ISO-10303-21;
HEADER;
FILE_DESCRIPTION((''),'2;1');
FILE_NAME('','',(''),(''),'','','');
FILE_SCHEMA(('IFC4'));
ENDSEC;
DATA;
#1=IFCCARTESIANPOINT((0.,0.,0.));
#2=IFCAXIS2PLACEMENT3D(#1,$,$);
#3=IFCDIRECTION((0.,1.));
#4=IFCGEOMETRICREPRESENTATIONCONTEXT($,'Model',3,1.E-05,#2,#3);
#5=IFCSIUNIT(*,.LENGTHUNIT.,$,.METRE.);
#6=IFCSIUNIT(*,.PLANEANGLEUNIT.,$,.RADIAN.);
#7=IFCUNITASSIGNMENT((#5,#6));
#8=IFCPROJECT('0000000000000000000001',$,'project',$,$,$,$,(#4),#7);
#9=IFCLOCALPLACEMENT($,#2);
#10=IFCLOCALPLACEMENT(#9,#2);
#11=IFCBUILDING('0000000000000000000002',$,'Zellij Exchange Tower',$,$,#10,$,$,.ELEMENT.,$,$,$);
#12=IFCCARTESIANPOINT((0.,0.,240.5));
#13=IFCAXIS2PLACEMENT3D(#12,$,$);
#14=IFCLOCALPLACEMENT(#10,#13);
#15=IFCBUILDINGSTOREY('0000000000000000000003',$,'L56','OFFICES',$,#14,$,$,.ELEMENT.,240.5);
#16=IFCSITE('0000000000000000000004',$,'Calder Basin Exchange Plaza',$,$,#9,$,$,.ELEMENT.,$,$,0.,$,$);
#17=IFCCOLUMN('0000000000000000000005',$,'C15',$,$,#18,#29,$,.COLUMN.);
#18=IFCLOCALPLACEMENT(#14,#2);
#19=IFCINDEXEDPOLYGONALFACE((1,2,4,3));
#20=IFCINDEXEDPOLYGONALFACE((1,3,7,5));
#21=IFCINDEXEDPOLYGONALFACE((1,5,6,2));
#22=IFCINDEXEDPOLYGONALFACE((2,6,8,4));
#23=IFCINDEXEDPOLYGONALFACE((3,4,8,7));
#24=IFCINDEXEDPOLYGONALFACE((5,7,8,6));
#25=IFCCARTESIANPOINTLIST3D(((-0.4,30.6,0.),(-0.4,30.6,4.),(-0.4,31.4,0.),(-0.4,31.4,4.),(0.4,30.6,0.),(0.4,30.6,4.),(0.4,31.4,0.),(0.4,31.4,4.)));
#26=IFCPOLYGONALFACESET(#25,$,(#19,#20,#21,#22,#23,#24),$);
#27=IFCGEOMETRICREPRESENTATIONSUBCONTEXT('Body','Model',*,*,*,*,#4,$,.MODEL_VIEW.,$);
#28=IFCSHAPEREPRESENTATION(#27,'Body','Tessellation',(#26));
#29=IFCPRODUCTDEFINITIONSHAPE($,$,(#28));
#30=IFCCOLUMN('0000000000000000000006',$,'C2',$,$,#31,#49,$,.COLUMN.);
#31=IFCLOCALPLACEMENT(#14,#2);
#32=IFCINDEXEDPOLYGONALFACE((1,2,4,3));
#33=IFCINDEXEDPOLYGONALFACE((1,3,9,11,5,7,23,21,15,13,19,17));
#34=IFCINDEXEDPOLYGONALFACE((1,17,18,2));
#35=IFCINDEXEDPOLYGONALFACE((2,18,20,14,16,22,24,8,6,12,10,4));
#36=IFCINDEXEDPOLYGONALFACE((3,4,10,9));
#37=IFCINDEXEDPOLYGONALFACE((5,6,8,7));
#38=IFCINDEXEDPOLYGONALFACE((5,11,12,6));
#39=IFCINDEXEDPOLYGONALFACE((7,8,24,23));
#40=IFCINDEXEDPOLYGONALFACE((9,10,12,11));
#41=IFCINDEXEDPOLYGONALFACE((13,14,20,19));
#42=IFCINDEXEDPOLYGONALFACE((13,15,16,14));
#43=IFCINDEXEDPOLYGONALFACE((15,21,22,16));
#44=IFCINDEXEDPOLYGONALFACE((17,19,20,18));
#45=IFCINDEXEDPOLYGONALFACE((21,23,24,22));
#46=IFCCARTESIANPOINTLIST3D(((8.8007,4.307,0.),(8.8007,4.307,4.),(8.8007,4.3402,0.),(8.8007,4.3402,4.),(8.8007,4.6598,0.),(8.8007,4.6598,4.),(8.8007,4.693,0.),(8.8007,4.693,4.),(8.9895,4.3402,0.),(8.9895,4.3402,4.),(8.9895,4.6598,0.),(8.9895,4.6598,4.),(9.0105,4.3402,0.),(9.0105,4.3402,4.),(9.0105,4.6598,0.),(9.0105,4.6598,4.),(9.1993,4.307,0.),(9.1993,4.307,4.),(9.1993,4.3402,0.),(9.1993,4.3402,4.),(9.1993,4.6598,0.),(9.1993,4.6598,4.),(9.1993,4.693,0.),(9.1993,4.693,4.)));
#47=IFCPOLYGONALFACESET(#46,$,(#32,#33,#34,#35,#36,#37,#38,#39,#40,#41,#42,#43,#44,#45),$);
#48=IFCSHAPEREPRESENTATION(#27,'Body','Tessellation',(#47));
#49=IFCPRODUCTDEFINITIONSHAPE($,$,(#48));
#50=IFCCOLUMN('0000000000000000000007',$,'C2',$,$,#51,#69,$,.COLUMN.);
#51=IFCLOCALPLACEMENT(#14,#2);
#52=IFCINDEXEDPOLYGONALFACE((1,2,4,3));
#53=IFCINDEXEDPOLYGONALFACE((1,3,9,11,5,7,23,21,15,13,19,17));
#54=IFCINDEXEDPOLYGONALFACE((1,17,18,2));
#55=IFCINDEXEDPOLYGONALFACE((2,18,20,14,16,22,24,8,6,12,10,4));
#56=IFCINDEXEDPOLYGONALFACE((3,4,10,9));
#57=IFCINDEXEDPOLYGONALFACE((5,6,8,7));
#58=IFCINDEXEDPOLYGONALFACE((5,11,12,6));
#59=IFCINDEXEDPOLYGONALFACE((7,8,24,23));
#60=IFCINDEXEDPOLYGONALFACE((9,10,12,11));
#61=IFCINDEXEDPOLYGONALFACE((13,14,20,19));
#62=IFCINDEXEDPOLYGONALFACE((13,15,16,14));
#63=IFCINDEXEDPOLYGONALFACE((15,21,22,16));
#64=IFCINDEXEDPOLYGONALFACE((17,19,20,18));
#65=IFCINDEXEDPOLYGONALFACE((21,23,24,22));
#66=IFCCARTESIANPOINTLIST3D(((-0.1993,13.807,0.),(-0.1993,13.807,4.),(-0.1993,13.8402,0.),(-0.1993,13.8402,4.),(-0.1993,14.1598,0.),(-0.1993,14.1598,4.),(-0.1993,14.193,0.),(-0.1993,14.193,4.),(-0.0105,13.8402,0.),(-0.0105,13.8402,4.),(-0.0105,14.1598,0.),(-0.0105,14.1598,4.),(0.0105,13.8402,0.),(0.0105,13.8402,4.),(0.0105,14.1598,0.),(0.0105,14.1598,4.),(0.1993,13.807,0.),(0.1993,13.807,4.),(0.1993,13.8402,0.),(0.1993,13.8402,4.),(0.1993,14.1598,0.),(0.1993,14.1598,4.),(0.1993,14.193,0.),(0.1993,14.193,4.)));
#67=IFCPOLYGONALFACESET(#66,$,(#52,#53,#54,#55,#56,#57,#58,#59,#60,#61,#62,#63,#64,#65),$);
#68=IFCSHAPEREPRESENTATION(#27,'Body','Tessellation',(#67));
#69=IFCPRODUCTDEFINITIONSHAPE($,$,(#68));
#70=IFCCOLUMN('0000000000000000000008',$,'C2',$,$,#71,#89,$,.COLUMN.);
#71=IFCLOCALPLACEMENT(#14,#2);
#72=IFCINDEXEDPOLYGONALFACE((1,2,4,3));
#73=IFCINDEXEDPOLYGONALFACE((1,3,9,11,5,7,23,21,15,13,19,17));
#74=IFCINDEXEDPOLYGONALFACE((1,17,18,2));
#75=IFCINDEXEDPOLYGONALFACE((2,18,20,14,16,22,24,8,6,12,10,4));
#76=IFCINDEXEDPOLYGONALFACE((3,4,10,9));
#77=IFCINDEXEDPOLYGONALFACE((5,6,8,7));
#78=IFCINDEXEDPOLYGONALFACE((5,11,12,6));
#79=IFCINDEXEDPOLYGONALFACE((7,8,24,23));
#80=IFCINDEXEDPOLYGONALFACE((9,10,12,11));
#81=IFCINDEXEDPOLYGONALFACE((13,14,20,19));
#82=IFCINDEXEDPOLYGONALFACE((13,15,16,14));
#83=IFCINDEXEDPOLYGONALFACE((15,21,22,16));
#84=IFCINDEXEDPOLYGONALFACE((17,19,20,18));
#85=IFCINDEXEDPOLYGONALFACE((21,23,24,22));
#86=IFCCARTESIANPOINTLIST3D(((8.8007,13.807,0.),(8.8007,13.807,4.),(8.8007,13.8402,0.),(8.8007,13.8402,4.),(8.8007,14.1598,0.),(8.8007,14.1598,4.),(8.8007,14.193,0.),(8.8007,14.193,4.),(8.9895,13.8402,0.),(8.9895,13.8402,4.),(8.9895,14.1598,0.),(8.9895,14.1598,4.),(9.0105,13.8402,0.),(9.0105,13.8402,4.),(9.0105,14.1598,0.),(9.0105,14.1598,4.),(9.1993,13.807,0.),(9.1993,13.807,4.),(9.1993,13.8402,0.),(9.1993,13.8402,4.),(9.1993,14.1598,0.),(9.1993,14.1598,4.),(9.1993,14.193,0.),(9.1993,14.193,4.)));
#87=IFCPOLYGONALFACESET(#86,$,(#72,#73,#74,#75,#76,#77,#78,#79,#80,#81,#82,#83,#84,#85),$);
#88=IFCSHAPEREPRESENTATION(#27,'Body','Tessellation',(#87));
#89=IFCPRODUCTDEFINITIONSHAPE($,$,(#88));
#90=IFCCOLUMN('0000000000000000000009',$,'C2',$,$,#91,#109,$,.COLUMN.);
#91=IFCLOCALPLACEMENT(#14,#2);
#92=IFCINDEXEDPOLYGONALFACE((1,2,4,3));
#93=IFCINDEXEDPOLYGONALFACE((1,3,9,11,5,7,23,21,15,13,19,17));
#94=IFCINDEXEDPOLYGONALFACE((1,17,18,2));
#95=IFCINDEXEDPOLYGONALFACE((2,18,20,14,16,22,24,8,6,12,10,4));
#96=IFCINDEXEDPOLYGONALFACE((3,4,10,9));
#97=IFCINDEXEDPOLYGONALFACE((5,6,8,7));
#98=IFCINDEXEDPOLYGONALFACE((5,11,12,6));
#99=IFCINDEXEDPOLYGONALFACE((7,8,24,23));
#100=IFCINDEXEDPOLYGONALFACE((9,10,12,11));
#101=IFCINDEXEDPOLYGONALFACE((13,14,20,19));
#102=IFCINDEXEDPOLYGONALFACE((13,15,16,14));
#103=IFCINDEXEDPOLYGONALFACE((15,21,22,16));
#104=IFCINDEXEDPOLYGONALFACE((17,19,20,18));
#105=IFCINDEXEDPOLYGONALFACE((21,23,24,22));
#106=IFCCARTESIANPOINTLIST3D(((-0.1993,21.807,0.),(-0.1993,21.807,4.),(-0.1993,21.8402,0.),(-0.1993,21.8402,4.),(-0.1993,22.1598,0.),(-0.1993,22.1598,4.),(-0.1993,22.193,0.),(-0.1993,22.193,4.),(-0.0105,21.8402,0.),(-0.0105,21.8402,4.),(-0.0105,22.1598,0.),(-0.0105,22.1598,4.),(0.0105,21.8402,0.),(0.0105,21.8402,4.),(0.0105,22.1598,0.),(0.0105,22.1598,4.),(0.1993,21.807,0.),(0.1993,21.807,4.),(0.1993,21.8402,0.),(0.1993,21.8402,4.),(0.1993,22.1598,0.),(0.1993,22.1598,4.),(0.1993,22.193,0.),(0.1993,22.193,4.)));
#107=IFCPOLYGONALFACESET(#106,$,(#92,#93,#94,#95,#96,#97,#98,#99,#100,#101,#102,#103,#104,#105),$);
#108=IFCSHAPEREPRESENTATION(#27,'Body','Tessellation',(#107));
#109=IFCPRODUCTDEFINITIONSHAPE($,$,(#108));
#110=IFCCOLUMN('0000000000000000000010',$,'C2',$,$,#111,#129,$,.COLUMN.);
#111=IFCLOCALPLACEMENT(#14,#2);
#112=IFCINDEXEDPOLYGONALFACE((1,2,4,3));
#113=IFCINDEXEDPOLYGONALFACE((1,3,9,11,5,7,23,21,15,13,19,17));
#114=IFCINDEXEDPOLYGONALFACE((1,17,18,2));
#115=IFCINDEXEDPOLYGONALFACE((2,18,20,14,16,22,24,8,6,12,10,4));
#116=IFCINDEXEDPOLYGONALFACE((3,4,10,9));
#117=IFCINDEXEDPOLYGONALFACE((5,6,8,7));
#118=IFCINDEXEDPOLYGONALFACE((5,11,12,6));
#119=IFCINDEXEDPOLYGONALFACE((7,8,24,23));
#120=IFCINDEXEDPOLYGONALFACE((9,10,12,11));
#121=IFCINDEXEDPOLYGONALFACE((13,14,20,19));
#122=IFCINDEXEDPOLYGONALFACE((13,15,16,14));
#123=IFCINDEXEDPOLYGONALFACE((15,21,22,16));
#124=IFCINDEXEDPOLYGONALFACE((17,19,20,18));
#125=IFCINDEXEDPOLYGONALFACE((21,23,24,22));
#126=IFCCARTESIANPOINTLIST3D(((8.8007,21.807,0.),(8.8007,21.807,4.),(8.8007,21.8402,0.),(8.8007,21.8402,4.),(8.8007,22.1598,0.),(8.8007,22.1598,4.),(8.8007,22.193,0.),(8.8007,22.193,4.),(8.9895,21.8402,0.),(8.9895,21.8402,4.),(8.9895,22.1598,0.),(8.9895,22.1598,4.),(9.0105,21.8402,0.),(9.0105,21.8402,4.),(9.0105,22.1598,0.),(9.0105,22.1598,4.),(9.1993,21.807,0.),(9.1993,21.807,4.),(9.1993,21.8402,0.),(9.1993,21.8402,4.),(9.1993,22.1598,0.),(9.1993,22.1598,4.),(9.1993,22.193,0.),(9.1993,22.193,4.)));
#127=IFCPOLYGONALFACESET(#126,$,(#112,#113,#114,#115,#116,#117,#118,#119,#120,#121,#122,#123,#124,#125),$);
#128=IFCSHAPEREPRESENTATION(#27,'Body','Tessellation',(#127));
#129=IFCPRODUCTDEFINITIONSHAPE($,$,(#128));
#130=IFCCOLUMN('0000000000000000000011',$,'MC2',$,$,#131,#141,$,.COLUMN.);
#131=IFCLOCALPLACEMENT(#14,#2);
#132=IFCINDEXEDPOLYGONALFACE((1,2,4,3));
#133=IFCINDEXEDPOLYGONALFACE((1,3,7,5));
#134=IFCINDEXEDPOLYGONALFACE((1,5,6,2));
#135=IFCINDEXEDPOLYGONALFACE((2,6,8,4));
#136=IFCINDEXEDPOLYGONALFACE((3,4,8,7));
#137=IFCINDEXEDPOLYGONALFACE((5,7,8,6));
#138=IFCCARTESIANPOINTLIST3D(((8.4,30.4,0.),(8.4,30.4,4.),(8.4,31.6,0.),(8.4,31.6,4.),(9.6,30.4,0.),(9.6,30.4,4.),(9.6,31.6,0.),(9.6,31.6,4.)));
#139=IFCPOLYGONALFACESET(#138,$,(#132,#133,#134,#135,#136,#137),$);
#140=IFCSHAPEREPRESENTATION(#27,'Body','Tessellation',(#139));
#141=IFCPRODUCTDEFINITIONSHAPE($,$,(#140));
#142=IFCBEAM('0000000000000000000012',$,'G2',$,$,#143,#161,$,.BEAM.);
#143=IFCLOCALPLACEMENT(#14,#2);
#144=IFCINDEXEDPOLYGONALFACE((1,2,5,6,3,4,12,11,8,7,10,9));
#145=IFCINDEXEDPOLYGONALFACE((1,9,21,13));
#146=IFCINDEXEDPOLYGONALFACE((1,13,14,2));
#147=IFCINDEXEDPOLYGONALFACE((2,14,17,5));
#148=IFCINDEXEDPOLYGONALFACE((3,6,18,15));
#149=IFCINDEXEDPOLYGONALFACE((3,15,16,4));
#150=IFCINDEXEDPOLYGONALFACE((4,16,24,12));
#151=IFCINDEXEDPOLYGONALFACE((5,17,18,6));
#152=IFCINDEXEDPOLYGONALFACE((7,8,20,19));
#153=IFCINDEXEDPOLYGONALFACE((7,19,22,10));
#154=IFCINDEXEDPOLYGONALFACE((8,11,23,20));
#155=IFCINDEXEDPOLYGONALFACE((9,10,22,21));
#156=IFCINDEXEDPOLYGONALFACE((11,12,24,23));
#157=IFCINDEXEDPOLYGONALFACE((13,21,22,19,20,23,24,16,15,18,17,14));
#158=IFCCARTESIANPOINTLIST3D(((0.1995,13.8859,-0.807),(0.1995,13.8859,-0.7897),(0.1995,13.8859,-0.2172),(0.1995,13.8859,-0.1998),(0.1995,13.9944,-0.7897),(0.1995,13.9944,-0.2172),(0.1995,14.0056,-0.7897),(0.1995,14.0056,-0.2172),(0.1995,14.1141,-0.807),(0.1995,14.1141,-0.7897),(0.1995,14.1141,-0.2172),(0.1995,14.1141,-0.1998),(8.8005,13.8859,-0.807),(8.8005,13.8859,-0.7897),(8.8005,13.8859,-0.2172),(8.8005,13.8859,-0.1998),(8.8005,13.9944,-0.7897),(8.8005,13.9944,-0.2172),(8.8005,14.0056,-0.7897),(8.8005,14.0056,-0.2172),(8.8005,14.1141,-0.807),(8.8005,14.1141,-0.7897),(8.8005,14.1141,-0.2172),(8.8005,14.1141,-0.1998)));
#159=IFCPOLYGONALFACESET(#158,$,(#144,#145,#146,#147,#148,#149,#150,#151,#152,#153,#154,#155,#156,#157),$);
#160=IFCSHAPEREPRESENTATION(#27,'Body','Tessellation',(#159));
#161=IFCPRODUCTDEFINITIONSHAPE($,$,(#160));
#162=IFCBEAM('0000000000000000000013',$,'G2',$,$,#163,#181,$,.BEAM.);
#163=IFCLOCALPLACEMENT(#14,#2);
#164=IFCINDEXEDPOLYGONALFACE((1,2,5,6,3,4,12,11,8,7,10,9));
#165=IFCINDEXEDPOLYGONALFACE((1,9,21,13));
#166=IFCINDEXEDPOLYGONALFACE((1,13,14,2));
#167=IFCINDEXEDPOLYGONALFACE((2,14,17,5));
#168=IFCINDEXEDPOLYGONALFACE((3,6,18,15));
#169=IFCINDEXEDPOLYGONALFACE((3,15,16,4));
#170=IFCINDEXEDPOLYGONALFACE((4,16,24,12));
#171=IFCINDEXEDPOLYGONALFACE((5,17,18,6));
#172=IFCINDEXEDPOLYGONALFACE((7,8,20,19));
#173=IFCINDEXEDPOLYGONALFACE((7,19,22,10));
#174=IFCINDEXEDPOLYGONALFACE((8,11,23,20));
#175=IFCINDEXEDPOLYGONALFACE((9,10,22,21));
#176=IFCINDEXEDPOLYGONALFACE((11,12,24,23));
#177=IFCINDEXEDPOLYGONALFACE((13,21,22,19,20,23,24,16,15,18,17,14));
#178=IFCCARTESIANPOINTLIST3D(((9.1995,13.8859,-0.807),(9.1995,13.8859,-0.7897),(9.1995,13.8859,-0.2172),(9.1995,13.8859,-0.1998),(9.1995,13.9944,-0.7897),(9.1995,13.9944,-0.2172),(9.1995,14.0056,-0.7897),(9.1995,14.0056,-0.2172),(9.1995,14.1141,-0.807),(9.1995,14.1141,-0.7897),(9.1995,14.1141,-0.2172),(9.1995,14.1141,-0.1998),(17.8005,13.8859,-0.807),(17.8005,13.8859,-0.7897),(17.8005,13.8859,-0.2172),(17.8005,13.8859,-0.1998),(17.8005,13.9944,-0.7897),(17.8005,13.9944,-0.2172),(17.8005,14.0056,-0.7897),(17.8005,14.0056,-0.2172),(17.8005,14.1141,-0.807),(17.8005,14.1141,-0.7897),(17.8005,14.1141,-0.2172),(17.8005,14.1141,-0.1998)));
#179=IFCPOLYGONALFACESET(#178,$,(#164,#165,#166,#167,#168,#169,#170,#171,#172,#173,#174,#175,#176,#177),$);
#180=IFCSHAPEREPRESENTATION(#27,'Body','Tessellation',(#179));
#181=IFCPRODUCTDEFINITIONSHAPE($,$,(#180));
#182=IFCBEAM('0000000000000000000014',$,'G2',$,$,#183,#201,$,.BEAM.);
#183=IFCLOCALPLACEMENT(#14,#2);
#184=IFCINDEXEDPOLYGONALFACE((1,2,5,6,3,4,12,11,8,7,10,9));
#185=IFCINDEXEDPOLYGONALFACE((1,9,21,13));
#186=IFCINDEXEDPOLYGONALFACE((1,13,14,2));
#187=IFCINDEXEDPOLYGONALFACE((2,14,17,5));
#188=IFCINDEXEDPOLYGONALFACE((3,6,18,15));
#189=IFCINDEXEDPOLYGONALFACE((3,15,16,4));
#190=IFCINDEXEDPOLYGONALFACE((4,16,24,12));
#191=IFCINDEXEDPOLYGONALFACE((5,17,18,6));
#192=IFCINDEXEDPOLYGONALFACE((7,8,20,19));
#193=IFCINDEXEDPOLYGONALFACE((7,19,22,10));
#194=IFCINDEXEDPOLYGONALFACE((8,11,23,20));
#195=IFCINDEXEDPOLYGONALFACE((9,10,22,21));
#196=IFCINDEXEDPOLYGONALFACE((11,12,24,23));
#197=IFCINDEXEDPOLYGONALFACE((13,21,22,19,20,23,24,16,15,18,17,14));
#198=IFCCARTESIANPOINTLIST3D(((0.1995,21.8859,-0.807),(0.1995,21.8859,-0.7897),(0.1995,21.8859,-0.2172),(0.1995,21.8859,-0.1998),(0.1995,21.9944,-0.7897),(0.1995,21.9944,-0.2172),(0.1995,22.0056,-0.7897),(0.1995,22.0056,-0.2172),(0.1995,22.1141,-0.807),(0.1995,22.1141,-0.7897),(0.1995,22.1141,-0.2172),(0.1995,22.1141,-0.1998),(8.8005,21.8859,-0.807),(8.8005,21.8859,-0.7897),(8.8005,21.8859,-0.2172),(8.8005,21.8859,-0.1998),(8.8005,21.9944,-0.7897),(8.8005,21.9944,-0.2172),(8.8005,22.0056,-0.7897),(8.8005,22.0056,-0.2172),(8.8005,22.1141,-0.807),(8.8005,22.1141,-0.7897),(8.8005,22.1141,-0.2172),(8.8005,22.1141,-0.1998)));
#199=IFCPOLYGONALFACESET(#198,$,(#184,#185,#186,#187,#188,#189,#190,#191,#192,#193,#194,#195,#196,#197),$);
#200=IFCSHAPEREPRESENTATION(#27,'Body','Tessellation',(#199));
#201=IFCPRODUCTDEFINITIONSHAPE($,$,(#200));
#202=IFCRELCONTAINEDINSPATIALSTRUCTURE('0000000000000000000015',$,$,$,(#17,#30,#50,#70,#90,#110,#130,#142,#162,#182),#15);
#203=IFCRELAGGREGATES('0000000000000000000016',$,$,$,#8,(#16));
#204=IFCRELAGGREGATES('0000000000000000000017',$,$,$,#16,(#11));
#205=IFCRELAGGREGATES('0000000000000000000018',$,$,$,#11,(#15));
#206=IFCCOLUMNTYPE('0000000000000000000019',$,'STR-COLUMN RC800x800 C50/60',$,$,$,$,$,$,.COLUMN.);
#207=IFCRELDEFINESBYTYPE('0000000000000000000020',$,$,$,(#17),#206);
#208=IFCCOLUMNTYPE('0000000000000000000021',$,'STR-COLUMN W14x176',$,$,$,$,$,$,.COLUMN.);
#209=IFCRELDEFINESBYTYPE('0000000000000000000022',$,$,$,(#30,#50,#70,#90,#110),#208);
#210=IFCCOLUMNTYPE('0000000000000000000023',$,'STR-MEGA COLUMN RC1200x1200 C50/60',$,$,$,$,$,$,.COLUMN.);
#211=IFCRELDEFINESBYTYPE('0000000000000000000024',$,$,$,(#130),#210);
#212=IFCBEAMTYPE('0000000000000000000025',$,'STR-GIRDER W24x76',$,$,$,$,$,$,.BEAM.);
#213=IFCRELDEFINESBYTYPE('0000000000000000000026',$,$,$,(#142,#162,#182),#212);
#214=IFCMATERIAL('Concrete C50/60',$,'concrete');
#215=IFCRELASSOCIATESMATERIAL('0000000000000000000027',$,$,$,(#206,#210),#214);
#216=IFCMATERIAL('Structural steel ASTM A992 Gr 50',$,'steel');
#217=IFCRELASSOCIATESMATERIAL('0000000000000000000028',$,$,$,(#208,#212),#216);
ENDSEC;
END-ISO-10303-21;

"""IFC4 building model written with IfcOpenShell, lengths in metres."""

from ifc_helpers import new_model, si_unit, direction, frame, origin, origin_2d, place, context, subcontext, project, spatial, rectangle, i_section, extrude, material, material_profile, profile_set, type_object, element, save


model = new_model("IFC4")

# Units and contexts
model_context = context("Model", 3, precision=1e-05, world=origin(), true_north=direction((0.0, 1.0)))
body_context = subcontext(model_context, "Body", "Model", "MODEL_VIEW")
ifc_project = project(units=[si_unit("LENGTHUNIT", "METRE"), si_unit("PLANEANGLEUNIT", "RADIAN")], contexts=[model_context])

# Site, building, storey
site_placement = place(None, origin())
site = spatial("IfcSite", under=ifc_project, at=site_placement, Name="Calder Basin Exchange Plaza", CompositionType="ELEMENT", RefElevation=0.0)
building_placement = place(site_placement, origin())
building = spatial("IfcBuilding", under=site, at=building_placement, Name="Zellij Exchange Tower", CompositionType="ELEMENT")
storey_placement = place(building_placement, frame((0.0, 0.0, 240.5)))
storey = spatial("IfcBuildingStorey", under=building, at=storey_placement, Name="L56", Description="OFFICES", CompositionType="ELEMENT", Elevation=240.5)

# Columns
ifc_material_1 = material(Name="Concrete C50/60", Category="concrete")
ifc_material_profile_1 = material_profile(ifc_material_1, rectangle(XDim=0.8, YDim=0.8, at=origin_2d()), Name="STR-COLUMN RC800x800 C50/60")
ifc_profile_set_1 = profile_set([ifc_material_profile_1], Name="Concrete C50/60")
column_type_1 = type_object("IfcColumnType", Name="STR-COLUMN RC800x800 C50/60", PredefinedType="COLUMN", material=ifc_profile_set_1)
column_1_placement = place(storey_placement, frame((0.0, 31.0, 0.0), z_axis=(0.0, 0.0, 1.0), x_axis=(1.0, 0.0, 0.0)))
element("IfcColumn", 1, at=column_1_placement, inside=storey, type_object=column_type_1, Name="C15", PredefinedType="COLUMN", context=body_context, shape_type="SweptSolid", body=[
    extrude(rectangle(XDim=0.8, YDim=0.8, at=origin_2d()), origin(), (0.0, 0.0, 1.0), 4.0),
])
ifc_material_2 = material(Name="Structural steel ASTM A992 Gr 50", Category="steel")
ifc_material_profile_2 = material_profile(ifc_material_2, i_section(OverallWidth=0.3987, OverallDepth=0.386, WebThickness=0.021, FlangeThickness=0.0332, at=origin_2d()), Name="W14x176")
ifc_profile_set_2 = profile_set([ifc_material_profile_2], Name="Structural steel ASTM A992 Gr 50")
column_type_2 = type_object("IfcColumnType", Name="STR-COLUMN W14x176", PredefinedType="COLUMN", material=ifc_profile_set_2)
for number, where, z_axis, x_axis, name in (
    (2, (9.0, 4.5, 0.0), (0.0, 0.0, 1.0), (1.0, 0.0, 0.0), "C2"),
    (3, (0.0, 14.0, 0.0), (0.0, 0.0, 1.0), (1.0, 0.0, 0.0), "C2"),
    (4, (9.0, 14.0, 0.0), (0.0, 0.0, 1.0), (1.0, 0.0, 0.0), "C2"),
    (5, (0.0, 22.0, 0.0), (0.0, 0.0, 1.0), (1.0, 0.0, 0.0), "C2"),
    (6, (9.0, 22.0, 0.0), (0.0, 0.0, 1.0), (1.0, 0.0, 0.0), "C2"),
):
    element("IfcColumn", number, at=place(storey_placement, frame(where, z_axis=z_axis, x_axis=x_axis)), inside=storey, type_object=column_type_2, Name=name, PredefinedType="COLUMN", context=body_context, shape_type="SweptSolid", body=[
        extrude(i_section(OverallWidth=0.3987, OverallDepth=0.386, WebThickness=0.021, FlangeThickness=0.0332, at=origin_2d()), origin(), (0.0, 0.0, 1.0), 4.0),
    ])
ifc_material_profile_3 = material_profile(ifc_material_1, rectangle(XDim=1.2, YDim=1.2, at=origin_2d()), Name="STR-MEGA COLUMN RC1200x1200 C50/60")
ifc_profile_set_3 = profile_set([ifc_material_profile_3], Name="Concrete C50/60")
column_type_3 = type_object("IfcColumnType", Name="STR-MEGA COLUMN RC1200x1200 C50/60", PredefinedType="COLUMN", material=ifc_profile_set_3)
column_2_placement = place(storey_placement, frame((9.0, 31.0, 0.0), z_axis=(0.0, 0.0, 1.0), x_axis=(1.0, 0.0, 0.0)))
element("IfcColumn", 7, at=column_2_placement, inside=storey, type_object=column_type_3, Name="MC2", PredefinedType="COLUMN", context=body_context, shape_type="SweptSolid", body=[
    extrude(rectangle(XDim=1.2, YDim=1.2, at=origin_2d()), origin(), (0.0, 0.0, 1.0), 4.0),
])

# Beams
ifc_material_profile_4 = material_profile(ifc_material_2, i_section(OverallWidth=0.2283, OverallDepth=0.6072, WebThickness=0.0112, FlangeThickness=0.0173, at=origin_2d()), Name="W24x76")
ifc_profile_set_4 = profile_set([ifc_material_profile_4], Name="Structural steel ASTM A992 Gr 50")
beam_type = type_object("IfcBeamType", Name="STR-GIRDER W24x76", PredefinedType="BEAM", material=ifc_profile_set_4)
for number, where, z_axis, x_axis, name in (
    (8, (0.1995, 14.0, -0.5034), (1.0, 0.0, 0.0), (0.0, 1.0, 0.0), "G2"),
    (9, (9.1995, 14.0, -0.5034), (1.0, 0.0, 0.0), (0.0, 1.0, 0.0), "G2"),
    (10, (0.1995, 22.0, -0.5034), (1.0, 0.0, 0.0), (0.0, 1.0, 0.0), "G2"),
):
    element("IfcBeam", number, at=place(storey_placement, frame(where, z_axis=z_axis, x_axis=x_axis)), inside=storey, type_object=beam_type, Name=name, PredefinedType="BEAM", context=body_context, shape_type="SweptSolid", body=[
        extrude(i_section(OverallWidth=0.2283, OverallDepth=0.6072, WebThickness=0.0112, FlangeThickness=0.0173, at=origin_2d()), origin(), (0.0, 0.0, 1.0), 8.6011),
    ])

save(model, "model.ifc")
